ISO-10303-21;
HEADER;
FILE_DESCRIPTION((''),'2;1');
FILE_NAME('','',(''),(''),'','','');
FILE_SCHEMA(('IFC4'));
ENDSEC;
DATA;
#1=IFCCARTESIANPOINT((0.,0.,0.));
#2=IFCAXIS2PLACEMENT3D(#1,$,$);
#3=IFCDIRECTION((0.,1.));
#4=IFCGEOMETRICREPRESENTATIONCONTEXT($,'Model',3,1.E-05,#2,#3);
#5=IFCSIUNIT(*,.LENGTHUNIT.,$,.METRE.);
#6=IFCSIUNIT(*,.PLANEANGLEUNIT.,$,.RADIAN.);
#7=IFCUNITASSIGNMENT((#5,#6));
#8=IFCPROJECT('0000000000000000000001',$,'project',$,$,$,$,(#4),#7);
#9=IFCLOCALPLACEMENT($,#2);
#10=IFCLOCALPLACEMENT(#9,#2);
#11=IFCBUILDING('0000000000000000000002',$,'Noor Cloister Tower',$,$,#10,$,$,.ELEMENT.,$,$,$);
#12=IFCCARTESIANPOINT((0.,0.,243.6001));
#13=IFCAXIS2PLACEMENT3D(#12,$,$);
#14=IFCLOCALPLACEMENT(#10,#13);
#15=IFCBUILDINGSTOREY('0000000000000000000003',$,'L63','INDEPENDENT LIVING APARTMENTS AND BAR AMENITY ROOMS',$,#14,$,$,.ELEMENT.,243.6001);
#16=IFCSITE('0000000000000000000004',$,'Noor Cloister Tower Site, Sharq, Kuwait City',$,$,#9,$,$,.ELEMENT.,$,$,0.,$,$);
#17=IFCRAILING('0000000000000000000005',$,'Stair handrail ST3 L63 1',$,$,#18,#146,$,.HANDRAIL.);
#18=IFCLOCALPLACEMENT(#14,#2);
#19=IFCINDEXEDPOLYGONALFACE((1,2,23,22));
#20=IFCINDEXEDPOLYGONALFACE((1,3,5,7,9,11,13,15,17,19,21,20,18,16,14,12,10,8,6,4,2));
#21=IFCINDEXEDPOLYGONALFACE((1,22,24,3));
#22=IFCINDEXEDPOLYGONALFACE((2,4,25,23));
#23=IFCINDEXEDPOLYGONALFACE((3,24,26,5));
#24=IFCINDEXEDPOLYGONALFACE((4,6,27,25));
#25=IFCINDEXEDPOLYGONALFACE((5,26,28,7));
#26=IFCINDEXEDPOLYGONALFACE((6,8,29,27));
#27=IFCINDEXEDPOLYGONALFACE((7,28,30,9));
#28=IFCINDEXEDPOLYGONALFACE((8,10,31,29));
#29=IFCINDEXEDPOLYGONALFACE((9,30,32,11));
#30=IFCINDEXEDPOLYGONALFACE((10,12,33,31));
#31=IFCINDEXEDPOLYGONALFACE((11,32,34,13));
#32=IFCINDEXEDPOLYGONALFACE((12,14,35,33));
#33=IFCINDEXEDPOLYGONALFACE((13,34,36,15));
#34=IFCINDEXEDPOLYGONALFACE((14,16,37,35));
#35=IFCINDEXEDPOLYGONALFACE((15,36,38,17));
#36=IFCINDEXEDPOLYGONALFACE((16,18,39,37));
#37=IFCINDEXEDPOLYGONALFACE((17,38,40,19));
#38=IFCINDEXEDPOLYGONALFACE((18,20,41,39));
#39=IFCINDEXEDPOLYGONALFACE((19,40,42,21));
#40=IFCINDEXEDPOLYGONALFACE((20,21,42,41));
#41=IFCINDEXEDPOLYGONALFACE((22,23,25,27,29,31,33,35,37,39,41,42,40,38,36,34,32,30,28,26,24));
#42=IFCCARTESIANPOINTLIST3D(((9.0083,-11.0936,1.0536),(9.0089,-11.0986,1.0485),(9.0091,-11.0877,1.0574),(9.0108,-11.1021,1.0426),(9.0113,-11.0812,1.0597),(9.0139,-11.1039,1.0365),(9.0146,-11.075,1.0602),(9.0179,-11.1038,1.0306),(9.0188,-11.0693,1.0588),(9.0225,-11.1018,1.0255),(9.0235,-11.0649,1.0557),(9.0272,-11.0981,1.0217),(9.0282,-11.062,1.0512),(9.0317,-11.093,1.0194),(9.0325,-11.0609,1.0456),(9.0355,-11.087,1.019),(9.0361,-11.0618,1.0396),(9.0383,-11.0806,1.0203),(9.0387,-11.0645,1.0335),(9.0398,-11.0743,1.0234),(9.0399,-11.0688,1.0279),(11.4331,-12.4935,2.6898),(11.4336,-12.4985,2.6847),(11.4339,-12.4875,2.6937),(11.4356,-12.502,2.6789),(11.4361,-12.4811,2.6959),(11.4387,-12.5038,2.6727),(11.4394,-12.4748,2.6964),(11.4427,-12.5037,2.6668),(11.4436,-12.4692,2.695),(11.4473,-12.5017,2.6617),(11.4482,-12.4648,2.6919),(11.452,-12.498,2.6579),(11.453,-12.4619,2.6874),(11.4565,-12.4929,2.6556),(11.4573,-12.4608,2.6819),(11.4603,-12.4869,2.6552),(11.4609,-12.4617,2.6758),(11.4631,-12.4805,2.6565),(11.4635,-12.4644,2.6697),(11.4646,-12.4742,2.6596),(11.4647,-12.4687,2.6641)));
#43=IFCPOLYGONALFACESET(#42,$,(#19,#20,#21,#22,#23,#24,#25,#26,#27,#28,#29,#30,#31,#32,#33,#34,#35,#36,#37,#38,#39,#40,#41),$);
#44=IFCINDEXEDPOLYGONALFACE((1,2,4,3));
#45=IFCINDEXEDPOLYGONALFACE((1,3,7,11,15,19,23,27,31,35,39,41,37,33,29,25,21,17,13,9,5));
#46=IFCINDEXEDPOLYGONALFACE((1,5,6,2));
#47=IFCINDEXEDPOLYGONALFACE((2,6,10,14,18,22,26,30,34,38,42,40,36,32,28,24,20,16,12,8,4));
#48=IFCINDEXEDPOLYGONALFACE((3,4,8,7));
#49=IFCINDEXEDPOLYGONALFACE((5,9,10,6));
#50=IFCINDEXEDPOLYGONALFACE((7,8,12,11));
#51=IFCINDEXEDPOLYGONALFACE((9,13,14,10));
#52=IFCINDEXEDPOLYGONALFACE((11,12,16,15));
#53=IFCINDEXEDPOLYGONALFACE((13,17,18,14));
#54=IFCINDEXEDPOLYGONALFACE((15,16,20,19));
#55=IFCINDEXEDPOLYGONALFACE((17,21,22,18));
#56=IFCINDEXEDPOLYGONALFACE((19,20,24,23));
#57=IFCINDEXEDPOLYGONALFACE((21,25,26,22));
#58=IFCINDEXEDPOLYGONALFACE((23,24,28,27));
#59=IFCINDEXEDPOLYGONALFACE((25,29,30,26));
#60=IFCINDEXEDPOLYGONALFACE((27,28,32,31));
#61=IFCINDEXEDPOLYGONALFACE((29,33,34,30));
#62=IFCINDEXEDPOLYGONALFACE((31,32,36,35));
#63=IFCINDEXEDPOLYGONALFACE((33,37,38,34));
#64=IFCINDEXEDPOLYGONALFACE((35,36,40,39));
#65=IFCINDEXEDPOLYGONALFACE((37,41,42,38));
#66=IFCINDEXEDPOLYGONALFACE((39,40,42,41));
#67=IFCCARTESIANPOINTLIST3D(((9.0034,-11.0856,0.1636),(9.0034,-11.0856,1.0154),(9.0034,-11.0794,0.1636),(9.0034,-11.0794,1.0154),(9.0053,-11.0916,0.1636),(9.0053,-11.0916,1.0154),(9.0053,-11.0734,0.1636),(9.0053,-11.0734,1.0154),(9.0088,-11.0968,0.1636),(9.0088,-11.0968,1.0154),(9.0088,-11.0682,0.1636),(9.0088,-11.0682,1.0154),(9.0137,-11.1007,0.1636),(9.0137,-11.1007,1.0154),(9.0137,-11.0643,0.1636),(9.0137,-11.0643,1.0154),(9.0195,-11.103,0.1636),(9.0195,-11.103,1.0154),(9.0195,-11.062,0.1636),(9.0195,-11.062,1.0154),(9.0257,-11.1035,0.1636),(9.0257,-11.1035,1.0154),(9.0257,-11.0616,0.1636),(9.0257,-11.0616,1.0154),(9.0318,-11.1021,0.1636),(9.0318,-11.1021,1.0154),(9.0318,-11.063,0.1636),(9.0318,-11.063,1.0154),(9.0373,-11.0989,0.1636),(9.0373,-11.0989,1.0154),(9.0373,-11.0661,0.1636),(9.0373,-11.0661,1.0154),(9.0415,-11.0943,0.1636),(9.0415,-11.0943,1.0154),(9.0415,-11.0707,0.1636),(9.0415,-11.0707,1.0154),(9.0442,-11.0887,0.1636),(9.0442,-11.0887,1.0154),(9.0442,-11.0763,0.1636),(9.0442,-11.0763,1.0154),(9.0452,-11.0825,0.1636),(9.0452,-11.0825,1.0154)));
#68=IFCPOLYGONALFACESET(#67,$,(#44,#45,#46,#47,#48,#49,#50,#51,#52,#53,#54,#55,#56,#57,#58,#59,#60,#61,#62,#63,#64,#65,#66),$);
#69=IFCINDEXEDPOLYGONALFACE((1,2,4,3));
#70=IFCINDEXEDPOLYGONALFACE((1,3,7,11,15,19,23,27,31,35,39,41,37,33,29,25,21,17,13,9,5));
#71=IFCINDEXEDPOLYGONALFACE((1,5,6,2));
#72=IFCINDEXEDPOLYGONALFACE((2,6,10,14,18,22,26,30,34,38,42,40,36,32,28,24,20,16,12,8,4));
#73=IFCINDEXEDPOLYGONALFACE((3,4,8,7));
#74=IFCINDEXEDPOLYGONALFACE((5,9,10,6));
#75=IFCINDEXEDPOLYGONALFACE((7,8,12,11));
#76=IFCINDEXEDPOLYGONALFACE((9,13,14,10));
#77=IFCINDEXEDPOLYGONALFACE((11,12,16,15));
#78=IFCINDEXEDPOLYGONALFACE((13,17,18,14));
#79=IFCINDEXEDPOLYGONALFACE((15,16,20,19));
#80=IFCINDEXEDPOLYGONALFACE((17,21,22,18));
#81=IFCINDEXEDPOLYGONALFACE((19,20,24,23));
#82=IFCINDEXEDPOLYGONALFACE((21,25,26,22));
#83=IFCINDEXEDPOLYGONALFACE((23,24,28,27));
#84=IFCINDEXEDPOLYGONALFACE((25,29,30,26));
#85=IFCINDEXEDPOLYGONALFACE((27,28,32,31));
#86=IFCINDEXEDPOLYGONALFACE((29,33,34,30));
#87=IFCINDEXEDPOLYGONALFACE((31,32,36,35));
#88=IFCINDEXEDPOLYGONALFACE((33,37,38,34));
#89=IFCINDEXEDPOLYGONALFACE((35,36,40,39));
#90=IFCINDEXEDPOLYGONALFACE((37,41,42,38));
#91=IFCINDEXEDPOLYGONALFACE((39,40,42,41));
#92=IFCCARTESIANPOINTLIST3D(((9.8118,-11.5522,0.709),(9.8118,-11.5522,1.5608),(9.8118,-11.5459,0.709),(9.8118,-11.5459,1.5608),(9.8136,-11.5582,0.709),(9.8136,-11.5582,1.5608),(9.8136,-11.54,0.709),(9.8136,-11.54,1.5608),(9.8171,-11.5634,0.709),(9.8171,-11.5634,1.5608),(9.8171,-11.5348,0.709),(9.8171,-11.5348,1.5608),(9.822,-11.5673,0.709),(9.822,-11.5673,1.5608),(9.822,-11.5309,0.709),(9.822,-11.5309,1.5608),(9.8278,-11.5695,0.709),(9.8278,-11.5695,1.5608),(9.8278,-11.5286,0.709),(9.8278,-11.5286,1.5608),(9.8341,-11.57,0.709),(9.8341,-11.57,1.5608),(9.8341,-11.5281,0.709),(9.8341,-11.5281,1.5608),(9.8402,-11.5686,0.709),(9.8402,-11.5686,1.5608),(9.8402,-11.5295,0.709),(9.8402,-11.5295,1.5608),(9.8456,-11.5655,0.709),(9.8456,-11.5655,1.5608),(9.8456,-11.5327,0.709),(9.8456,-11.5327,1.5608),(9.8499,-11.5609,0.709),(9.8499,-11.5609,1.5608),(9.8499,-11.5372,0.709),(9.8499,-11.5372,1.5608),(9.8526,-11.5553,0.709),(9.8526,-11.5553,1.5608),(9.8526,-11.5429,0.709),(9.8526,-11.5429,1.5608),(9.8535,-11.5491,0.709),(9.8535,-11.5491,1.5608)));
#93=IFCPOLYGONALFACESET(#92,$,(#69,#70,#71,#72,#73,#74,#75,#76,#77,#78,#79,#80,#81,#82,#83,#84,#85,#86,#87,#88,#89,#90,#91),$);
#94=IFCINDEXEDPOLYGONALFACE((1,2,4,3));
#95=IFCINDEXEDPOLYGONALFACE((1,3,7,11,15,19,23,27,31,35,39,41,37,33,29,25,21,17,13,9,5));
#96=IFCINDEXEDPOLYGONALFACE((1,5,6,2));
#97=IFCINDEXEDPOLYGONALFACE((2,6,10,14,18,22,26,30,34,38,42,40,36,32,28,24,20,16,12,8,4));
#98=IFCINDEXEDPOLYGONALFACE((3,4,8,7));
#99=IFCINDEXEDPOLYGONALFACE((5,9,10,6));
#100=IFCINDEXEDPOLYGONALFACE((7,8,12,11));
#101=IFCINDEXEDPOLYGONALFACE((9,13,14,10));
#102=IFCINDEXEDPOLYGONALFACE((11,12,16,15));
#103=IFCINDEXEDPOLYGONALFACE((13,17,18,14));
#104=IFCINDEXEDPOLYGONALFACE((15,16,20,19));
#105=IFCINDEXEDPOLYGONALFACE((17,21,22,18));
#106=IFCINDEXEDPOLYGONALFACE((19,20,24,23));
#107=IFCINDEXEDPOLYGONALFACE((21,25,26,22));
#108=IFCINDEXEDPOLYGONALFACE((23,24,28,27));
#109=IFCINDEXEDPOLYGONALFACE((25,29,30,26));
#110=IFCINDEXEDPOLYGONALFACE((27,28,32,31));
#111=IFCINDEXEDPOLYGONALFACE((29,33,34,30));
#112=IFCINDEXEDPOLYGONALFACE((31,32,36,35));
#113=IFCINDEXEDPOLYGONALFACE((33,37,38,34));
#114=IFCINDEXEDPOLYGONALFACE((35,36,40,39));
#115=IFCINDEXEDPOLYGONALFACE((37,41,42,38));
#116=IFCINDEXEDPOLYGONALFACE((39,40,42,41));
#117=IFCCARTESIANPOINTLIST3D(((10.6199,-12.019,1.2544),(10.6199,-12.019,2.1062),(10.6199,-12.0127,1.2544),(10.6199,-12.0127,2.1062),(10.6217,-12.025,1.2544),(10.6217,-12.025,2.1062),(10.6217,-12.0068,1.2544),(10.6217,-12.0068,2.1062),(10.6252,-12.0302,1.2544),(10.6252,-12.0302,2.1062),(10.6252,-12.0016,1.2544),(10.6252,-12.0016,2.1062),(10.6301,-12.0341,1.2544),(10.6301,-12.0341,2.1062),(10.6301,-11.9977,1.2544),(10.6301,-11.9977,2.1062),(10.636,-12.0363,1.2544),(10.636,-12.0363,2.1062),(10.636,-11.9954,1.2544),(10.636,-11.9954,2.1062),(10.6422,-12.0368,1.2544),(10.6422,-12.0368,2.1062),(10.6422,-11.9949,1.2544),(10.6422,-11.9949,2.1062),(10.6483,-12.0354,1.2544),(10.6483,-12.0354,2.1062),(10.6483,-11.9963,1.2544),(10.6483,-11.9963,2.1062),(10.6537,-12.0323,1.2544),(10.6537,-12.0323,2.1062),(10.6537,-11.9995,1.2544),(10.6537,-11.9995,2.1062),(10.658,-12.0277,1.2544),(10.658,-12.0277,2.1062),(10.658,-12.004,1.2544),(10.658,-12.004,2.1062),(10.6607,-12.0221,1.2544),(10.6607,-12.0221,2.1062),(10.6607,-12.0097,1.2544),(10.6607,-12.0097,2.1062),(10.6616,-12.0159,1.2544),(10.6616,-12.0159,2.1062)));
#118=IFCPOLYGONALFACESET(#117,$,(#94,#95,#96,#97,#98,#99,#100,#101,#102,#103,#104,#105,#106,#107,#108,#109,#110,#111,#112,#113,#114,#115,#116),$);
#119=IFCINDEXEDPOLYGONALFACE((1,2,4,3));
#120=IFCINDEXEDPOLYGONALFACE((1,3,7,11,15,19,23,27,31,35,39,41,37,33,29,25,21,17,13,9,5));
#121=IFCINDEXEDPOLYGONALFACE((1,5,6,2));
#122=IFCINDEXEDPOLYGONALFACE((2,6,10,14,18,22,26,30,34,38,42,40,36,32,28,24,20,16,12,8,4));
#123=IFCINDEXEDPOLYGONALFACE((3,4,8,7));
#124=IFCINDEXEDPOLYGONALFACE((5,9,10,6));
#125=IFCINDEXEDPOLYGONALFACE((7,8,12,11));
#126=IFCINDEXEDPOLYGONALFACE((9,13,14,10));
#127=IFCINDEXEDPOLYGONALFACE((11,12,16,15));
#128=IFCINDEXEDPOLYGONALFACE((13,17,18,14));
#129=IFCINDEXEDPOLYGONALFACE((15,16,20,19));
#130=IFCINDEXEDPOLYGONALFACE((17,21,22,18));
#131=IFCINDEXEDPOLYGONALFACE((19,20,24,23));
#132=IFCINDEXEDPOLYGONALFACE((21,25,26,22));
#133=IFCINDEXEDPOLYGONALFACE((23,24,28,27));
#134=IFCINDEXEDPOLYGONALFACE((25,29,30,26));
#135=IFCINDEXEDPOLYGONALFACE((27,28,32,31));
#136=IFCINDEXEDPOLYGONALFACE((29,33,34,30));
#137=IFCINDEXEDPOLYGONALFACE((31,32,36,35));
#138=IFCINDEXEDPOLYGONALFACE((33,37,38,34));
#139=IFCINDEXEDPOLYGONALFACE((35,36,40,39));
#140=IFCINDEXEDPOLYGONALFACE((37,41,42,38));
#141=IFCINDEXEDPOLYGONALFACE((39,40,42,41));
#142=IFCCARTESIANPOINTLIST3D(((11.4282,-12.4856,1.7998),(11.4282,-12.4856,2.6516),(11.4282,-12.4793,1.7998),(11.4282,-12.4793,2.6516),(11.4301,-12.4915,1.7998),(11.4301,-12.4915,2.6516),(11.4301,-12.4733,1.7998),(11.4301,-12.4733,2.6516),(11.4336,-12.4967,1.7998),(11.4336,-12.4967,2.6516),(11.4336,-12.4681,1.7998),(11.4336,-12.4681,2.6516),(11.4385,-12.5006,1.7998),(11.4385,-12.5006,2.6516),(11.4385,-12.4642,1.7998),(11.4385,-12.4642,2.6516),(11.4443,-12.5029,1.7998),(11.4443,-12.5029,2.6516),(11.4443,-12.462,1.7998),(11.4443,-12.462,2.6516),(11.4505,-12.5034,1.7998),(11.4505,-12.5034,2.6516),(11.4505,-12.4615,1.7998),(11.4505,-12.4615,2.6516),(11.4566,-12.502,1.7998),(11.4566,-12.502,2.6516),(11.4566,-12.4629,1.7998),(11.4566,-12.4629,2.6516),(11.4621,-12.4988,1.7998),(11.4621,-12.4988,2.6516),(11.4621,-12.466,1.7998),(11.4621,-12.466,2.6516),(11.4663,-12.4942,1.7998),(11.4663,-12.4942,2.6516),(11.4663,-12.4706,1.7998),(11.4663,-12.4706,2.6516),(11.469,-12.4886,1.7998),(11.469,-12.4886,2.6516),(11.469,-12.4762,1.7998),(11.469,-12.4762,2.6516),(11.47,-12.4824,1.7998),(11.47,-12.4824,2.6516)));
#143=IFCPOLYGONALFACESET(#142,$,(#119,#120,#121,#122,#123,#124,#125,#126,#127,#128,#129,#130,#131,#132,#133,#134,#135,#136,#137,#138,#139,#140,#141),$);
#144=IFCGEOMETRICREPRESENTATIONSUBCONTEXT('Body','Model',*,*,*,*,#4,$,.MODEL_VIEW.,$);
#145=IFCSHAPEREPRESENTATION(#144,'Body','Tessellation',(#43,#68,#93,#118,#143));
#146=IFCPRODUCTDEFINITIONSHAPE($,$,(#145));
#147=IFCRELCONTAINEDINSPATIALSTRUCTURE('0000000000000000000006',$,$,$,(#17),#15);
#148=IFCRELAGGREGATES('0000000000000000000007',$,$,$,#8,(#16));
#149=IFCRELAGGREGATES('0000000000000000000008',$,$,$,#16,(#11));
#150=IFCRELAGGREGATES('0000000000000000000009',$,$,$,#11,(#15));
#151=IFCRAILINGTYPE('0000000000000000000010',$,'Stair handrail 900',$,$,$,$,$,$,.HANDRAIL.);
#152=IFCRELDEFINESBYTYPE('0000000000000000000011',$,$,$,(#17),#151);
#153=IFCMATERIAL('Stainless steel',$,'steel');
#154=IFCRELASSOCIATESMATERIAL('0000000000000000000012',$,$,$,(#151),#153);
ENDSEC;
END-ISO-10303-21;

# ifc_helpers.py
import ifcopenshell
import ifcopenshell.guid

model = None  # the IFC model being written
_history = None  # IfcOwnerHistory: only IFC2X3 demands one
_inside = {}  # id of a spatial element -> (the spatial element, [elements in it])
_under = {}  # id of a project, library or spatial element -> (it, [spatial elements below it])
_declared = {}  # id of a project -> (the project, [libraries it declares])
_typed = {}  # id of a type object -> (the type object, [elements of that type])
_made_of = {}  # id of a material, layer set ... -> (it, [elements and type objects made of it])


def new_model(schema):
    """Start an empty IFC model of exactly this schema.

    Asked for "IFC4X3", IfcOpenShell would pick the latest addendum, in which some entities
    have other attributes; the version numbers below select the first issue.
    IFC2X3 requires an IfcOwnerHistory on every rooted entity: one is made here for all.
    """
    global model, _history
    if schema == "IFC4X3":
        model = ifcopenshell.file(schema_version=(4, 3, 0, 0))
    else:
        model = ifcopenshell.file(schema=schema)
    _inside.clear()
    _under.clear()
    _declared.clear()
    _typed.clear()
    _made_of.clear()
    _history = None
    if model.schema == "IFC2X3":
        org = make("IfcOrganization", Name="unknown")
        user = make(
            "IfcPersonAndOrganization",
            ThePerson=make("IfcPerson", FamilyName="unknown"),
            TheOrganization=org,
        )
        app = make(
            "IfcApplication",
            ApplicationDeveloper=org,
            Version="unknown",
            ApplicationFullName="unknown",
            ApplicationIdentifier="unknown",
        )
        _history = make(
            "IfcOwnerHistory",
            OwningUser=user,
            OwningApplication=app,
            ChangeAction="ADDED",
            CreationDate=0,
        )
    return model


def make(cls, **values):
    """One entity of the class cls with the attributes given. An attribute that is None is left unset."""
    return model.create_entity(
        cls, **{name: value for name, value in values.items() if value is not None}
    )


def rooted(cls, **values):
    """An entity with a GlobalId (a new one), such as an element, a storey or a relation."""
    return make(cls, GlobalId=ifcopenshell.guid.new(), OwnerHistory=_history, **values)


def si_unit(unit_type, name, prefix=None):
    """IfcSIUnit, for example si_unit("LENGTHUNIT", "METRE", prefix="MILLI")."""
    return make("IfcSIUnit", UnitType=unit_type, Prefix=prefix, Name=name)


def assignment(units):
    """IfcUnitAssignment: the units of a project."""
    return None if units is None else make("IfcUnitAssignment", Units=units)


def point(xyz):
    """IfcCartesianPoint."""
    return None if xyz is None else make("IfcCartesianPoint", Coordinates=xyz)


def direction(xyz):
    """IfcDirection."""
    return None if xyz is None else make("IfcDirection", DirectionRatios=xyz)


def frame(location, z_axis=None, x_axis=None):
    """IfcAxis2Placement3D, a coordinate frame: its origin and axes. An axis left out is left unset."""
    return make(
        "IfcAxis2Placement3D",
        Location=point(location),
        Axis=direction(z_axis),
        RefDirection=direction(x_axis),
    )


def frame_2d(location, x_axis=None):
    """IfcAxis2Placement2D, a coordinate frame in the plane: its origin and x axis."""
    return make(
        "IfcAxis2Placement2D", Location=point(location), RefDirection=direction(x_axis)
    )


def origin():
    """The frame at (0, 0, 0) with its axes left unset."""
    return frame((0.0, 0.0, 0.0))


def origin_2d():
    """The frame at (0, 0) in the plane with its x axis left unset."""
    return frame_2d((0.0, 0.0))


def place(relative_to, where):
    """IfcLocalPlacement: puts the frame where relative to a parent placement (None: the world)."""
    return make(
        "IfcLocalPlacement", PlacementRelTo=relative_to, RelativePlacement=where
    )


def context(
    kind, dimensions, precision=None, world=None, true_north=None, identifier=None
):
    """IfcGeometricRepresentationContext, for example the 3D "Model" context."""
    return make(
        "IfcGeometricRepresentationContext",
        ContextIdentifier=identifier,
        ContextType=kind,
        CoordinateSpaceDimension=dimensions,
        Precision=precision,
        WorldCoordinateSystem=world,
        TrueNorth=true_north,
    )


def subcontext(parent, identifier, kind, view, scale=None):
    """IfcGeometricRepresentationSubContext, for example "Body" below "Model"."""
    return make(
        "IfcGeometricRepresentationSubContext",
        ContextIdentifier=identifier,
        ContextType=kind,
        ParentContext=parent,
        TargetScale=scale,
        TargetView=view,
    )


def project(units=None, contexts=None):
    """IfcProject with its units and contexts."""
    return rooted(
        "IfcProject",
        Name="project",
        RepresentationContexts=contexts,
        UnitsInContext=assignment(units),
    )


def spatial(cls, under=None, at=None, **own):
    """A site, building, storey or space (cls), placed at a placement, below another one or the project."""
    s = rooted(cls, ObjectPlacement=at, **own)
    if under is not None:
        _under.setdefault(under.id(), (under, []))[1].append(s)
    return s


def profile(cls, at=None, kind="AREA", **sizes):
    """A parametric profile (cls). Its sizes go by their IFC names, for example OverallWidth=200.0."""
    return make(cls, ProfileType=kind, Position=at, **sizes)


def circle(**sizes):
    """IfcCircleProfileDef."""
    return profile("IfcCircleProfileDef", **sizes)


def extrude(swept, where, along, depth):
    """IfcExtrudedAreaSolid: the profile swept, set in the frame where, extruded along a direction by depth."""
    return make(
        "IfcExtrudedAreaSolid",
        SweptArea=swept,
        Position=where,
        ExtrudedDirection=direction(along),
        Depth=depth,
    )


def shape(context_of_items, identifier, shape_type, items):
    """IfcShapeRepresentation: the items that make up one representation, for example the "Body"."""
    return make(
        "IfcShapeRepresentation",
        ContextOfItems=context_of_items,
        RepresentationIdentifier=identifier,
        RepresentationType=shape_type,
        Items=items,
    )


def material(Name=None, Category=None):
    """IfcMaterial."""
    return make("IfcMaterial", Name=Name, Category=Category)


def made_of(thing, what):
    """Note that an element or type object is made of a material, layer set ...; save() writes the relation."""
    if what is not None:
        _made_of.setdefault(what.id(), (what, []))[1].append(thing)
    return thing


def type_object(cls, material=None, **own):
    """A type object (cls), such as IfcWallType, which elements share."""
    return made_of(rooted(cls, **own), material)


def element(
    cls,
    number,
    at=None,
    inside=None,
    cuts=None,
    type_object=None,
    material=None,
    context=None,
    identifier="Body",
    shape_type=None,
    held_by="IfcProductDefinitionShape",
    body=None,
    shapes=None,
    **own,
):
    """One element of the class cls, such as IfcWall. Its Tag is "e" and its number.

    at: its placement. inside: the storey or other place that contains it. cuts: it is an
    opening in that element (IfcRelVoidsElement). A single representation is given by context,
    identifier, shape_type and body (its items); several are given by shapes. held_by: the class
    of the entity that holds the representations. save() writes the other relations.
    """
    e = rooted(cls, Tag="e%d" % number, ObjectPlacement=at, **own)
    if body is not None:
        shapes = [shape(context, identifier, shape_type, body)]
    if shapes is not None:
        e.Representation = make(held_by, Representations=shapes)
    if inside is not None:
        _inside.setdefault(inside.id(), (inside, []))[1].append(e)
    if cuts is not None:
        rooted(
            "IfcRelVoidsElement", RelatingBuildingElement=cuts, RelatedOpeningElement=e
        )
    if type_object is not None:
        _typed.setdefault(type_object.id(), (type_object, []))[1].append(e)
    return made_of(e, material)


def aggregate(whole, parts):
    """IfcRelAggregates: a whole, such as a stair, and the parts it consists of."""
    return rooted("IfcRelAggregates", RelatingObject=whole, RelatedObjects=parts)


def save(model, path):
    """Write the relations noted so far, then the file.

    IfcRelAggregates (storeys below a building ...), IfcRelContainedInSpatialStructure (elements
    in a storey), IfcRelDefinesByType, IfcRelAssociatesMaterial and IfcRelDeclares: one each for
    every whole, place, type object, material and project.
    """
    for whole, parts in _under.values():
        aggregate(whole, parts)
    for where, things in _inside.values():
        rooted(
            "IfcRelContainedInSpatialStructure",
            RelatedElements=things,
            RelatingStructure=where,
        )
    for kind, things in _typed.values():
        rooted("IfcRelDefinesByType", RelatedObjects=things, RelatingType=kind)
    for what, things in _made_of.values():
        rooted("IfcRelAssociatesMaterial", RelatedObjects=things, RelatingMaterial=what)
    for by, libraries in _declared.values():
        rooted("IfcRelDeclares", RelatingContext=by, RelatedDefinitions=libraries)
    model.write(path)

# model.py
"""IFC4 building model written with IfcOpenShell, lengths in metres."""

from ifc_helpers import new_model, si_unit, direction, frame, origin, origin_2d, place, context, subcontext, project, spatial, circle, extrude, material, type_object, element, save


model = new_model("IFC4")

# Units and contexts
model_context = context("Model", 3, precision=1e-05, world=origin(), true_north=direction((0.0, 1.0)))
body_context = subcontext(model_context, "Body", "Model", "MODEL_VIEW")
ifc_project = project(units=[si_unit("LENGTHUNIT", "METRE"), si_unit("PLANEANGLEUNIT", "RADIAN")], contexts=[model_context])

# Site, building, storey
site_placement = place(None, origin())
site = spatial("IfcSite", under=ifc_project, at=site_placement, Name="Noor Cloister Tower Site, Sharq, Kuwait City", CompositionType="ELEMENT", RefElevation=0.0)
building_placement = place(site_placement, origin())
building = spatial("IfcBuilding", under=site, at=building_placement, Name="Noor Cloister Tower", CompositionType="ELEMENT")
storey_placement = place(building_placement, frame((0.0, 0.0, 243.6001)))
storey = spatial("IfcBuildingStorey", under=building, at=storey_placement, Name="L63", Description="INDEPENDENT LIVING APARTMENTS AND BAR AMENITY ROOMS", CompositionType="ELEMENT", Elevation=243.6001)

# Railing
ifc_material_1 = material(Name="Stainless steel", Category="steel")
railing_type_1 = type_object("IfcRailingType", Name="Stair handrail 900", PredefinedType="HANDRAIL", material=ifc_material_1)
railing_1_placement = place(storey_placement, frame((9.0242, -11.0825, 0.1636)))
element("IfcRailing", 1, at=railing_1_placement, inside=storey, type_object=railing_type_1, Name="Stair handrail ST3 L63 1", PredefinedType="HANDRAIL", context=body_context, shape_type="SweptSolid", body=[
    extrude(circle(Radius=0.0239, at=origin_2d()), frame((0.0, 0.0, 0.876), z_axis=(0.747718, -0.431677, 0.504552), x_axis=(0.499984, 0.866035, 0.0)), (0.0, 0.0, 1.0), 3.2429),
    extrude(circle(Radius=0.021, at=origin_2d()), origin(), (0.0, 0.0, 1.0), 0.8518),
    extrude(circle(Radius=0.021, at=origin_2d()), frame((0.8083, -0.4666, 0.5454)), (0.0, 0.0, 1.0), 0.8518),
    extrude(circle(Radius=0.021, at=origin_2d()), frame((1.6165, -0.9333, 1.0908)), (0.0, 0.0, 1.0), 0.8518),
    extrude(circle(Radius=0.021, at=origin_2d()), frame((2.4248, -1.3999, 1.6362)), (0.0, 0.0, 1.0), 0.8518),
])

save(model, "model.ifc")
